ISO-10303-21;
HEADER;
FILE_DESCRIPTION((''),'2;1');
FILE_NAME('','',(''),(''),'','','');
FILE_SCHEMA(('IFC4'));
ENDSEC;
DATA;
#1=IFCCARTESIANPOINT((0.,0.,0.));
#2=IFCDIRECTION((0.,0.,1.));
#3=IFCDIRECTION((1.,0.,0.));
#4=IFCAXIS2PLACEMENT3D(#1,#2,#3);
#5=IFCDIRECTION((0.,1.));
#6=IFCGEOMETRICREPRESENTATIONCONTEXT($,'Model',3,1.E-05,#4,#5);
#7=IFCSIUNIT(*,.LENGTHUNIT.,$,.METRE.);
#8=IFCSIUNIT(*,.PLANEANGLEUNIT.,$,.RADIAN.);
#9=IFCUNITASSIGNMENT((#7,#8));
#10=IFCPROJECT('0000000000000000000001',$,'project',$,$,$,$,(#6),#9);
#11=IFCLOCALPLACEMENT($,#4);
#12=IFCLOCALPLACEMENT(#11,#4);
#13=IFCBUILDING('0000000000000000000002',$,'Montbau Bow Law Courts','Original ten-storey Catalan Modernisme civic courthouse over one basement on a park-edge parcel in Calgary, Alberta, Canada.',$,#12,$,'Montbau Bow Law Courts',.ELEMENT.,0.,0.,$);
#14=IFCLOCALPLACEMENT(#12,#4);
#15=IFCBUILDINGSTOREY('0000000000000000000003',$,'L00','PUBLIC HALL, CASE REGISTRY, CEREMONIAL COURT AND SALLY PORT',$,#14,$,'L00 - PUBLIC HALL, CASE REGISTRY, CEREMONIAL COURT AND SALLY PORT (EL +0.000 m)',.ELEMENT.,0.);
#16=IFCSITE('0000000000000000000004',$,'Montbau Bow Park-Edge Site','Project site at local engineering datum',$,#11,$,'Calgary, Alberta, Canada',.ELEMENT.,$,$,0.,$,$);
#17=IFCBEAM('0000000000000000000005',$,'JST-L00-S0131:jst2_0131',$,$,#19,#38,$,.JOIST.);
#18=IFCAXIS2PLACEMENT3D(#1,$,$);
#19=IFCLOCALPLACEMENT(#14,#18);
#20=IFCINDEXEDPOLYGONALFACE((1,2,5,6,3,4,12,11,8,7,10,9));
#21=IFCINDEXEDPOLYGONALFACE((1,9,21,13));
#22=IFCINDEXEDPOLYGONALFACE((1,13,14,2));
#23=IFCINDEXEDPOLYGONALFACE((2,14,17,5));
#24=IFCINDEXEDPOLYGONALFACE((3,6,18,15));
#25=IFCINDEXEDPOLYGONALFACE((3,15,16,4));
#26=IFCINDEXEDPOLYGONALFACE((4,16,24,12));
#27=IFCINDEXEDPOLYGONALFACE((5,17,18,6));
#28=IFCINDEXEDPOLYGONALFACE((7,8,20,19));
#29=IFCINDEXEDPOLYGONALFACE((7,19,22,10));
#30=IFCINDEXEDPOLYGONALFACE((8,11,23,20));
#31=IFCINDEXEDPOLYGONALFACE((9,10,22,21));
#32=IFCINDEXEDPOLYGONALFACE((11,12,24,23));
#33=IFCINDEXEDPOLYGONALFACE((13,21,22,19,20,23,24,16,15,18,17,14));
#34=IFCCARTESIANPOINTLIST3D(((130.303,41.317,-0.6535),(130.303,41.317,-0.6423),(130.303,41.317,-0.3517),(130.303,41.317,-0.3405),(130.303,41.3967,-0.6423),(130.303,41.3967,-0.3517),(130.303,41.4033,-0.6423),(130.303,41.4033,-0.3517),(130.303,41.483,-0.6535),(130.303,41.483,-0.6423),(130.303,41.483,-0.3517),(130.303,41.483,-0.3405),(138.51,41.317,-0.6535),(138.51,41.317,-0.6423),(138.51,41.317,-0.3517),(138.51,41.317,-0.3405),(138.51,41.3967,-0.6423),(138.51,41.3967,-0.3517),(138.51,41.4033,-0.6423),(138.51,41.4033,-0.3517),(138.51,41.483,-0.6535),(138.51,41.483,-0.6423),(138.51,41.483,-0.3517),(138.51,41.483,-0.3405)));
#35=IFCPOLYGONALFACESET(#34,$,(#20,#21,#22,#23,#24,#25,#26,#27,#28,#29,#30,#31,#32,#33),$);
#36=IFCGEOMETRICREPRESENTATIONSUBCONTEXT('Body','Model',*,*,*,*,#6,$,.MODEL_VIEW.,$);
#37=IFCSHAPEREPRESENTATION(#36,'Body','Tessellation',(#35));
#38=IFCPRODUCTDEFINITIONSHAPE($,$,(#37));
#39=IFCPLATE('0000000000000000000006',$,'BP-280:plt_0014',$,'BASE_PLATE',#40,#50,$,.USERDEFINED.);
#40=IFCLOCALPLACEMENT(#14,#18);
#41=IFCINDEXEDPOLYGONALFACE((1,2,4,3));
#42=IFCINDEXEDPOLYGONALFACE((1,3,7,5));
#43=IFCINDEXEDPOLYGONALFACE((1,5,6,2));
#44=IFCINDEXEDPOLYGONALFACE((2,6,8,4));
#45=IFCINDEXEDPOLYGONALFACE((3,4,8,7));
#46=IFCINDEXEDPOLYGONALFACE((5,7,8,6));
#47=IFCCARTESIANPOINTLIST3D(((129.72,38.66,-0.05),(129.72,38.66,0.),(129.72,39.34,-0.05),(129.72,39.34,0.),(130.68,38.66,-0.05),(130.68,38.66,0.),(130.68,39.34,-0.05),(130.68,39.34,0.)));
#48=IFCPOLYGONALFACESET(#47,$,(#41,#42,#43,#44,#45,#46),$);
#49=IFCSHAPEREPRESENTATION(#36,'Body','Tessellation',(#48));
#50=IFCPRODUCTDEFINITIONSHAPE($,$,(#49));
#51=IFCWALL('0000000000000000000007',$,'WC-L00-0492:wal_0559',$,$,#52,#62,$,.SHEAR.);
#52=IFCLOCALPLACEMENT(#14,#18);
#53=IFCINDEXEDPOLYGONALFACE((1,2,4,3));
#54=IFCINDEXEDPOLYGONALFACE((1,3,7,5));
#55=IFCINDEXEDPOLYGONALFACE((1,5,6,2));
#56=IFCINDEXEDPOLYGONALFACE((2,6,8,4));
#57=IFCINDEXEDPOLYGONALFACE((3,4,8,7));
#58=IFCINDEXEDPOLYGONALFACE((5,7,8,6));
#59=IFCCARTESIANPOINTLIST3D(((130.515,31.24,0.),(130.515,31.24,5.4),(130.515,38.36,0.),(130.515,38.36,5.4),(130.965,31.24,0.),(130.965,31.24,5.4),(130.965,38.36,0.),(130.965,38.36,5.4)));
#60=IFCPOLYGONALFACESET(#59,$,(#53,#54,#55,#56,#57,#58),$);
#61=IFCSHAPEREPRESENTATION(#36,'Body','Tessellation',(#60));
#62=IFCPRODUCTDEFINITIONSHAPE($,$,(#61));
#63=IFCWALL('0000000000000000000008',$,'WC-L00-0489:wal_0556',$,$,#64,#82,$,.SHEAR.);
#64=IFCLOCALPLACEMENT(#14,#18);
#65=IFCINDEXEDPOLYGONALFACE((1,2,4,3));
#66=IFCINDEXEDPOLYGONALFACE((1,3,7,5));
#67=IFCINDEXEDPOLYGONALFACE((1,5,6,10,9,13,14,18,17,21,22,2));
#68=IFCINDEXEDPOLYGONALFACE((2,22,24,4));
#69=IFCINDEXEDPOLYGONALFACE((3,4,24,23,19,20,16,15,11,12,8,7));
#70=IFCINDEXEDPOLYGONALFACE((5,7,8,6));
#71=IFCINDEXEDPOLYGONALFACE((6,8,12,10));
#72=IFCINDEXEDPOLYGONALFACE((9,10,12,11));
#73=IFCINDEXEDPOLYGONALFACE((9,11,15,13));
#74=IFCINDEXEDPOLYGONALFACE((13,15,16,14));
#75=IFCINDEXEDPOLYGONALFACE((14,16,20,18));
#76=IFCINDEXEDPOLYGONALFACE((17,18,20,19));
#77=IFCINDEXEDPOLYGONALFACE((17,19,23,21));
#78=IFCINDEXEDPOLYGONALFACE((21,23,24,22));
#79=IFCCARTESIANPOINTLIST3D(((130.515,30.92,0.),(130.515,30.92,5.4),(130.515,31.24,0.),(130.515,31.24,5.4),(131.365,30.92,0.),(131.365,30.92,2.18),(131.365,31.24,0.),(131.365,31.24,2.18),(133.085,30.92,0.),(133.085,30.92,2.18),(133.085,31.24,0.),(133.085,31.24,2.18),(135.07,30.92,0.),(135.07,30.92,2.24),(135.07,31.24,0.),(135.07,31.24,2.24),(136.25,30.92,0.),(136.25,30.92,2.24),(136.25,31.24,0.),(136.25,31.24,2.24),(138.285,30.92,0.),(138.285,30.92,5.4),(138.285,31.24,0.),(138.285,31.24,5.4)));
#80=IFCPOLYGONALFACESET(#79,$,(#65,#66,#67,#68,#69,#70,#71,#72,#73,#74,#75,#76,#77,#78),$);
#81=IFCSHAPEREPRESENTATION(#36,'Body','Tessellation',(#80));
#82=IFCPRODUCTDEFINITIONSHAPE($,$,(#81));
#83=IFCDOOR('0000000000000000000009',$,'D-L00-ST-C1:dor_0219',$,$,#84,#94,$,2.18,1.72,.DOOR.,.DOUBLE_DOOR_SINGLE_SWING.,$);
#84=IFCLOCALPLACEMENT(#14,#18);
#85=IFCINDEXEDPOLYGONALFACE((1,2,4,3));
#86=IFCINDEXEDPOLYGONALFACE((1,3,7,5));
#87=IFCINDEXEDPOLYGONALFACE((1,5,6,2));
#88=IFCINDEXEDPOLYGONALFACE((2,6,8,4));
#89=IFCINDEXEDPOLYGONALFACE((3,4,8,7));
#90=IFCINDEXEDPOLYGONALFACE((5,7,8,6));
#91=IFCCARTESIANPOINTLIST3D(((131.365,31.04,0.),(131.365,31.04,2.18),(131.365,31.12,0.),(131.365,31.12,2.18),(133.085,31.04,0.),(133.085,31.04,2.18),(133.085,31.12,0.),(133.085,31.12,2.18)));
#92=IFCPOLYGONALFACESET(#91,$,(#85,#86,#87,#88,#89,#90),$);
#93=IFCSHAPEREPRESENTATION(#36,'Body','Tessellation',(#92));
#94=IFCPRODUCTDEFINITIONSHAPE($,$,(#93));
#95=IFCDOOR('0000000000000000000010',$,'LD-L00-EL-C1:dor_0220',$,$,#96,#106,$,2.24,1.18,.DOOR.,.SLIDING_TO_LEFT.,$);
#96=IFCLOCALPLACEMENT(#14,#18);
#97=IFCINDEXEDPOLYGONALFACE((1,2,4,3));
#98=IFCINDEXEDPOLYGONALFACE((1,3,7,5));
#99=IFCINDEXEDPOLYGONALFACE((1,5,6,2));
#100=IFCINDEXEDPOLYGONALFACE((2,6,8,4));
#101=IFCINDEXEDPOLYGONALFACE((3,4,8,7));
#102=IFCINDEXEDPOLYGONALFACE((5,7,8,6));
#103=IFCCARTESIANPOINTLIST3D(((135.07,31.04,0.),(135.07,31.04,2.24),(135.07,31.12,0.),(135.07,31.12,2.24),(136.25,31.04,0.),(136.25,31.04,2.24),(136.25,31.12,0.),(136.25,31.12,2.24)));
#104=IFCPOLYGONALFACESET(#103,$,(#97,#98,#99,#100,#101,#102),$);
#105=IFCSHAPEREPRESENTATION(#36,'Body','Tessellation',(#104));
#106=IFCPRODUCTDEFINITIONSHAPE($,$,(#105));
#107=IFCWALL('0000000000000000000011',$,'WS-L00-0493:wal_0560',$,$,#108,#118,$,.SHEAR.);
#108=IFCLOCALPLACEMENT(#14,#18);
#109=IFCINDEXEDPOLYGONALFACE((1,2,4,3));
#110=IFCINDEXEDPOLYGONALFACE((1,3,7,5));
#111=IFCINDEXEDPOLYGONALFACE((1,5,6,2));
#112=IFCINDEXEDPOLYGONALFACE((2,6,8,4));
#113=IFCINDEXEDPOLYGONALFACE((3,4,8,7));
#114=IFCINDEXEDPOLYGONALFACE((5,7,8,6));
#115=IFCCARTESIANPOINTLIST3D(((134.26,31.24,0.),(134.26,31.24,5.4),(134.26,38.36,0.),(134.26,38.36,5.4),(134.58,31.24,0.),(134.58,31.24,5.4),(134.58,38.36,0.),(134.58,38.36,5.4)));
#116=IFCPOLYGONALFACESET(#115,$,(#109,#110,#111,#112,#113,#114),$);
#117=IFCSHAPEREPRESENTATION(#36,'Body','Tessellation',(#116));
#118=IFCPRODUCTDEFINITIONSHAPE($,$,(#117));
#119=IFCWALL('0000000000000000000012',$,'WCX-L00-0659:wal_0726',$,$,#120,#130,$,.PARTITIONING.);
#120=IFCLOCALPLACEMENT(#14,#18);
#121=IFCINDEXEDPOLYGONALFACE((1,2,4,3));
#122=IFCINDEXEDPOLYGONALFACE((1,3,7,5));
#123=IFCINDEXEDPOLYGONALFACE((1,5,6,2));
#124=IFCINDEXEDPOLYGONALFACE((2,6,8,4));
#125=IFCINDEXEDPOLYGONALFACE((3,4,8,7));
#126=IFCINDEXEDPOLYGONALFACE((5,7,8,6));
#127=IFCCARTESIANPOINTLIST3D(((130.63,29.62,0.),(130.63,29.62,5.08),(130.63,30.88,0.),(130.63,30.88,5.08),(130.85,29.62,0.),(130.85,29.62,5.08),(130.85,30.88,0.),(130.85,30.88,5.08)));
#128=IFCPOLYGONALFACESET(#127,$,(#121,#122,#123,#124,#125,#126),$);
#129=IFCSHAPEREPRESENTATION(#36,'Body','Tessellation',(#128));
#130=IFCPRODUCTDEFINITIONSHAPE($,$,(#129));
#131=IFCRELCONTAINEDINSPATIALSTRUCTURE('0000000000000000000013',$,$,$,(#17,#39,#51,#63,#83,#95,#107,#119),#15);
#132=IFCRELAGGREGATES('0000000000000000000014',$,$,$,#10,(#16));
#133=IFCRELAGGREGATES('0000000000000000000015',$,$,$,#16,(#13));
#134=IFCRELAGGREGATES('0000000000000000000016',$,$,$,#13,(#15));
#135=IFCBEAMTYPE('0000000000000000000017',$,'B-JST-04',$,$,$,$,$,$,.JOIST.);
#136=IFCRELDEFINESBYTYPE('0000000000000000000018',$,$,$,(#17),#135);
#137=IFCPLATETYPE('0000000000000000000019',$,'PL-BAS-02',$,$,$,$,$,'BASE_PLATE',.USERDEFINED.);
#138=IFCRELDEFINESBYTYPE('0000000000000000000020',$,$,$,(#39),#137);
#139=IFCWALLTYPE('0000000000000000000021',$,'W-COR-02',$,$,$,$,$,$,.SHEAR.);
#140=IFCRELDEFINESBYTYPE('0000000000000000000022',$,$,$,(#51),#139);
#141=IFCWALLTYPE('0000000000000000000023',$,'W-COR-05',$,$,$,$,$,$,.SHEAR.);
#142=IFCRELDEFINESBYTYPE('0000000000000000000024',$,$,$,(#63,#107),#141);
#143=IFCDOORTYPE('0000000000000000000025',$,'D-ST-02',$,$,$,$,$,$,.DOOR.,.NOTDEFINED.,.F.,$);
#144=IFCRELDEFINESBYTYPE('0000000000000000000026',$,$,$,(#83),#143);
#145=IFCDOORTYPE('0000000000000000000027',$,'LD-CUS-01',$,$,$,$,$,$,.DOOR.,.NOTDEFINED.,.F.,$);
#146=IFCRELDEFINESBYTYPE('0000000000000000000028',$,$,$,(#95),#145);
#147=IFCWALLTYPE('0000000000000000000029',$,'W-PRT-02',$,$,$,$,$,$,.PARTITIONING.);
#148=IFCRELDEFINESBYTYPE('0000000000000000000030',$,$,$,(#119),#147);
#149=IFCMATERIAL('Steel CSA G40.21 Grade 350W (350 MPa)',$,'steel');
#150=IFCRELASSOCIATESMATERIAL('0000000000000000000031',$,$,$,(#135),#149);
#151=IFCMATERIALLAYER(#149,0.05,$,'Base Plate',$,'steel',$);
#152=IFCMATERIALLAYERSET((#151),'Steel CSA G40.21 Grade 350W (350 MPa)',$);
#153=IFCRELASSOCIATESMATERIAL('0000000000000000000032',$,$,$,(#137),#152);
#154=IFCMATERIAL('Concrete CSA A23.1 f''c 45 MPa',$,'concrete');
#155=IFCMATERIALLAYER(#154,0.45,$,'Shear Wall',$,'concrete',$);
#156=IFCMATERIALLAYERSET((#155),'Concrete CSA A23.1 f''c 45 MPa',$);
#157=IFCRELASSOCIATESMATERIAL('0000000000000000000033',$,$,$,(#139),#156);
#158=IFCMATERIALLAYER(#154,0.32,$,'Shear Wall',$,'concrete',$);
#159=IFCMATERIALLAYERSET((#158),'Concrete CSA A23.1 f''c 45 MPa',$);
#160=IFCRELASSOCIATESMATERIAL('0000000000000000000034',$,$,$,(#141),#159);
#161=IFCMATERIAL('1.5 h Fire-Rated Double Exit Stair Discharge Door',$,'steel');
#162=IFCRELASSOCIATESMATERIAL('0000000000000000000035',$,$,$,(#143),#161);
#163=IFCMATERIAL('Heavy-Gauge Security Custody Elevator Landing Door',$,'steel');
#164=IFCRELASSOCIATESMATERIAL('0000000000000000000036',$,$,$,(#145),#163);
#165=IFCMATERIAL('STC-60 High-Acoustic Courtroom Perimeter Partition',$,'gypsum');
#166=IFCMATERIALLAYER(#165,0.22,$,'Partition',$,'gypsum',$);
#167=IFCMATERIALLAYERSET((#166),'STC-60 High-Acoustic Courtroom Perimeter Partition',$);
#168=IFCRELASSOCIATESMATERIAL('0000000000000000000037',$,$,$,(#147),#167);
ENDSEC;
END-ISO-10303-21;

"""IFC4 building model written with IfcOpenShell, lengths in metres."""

from ifc_helpers import new_model, si_unit, direction, frame, frame_2d, origin_with_axes, origin_2d_with_axis, place, context, subcontext, project, spatial, rectangle, i_section, extrude, material, layer, layer_set, material_profile, profile_set, type_object, element, fill, save


model = new_model("IFC4")

# Units and contexts
model_context = context("Model", 3, precision=1e-05, world=origin_with_axes(), true_north=direction((0.0, 1.0)))
body_context = subcontext(model_context, "Body", "Model", "MODEL_VIEW")
ifc_project = project(units=[si_unit("LENGTHUNIT", "METRE"), si_unit("PLANEANGLEUNIT", "RADIAN")], contexts=[model_context])

# Site, building, storey
site_placement = place(None, origin_with_axes())
site = spatial("IfcSite", under=ifc_project, at=site_placement, Name="Montbau Bow Park-Edge Site", Description="Project site at local engineering datum", LongName="Calgary, Alberta, Canada", CompositionType="ELEMENT", RefElevation=0.0)
building_placement = place(site_placement, origin_with_axes())
building = spatial("IfcBuilding", under=site, at=building_placement, Name="Montbau Bow Law Courts", Description="Original ten-storey Catalan Modernisme civic courthouse over one basement on a park-edge parcel in Calgary, Alberta, Canada.", LongName="Montbau Bow Law Courts", CompositionType="ELEMENT", ElevationOfRefHeight=0.0, ElevationOfTerrain=0.0)
storey_placement = place(building_placement, origin_with_axes())
storey = spatial("IfcBuildingStorey", under=building, at=storey_placement, Name="L00", Description="PUBLIC HALL, CASE REGISTRY, CEREMONIAL COURT AND SALLY PORT", LongName="L00 - PUBLIC HALL, CASE REGISTRY, CEREMONIAL COURT AND SALLY PORT (EL +0.000 m)", CompositionType="ELEMENT", Elevation=0.0)

# Shared definitions
ifc_material_1 = material(Name="Steel CSA G40.21 Grade 350W (350 MPa)", Category="steel")

# Beam
ifc_material_profile_1 = material_profile(ifc_material_1, i_section(OverallWidth=0.166, OverallDepth=0.313, WebThickness=0.0066, FlangeThickness=0.0112, at=origin_2d_with_axis()), Name="W310X45", Category="Main", Priority=0)
ifc_profile_set_1 = profile_set([ifc_material_profile_1], Name="Steel CSA G40.21 Grade 350W (350 MPa)")
beam_type_1 = type_object("IfcBeamType", Name="B-JST-04", PredefinedType="JOIST", material=ifc_profile_set_1)
beam_1_placement = place(None, frame((130.303, 41.4, -0.497), z_axis=(1.0, 0.0, 0.0), x_axis=(0.0, 1.0, 0.0)))
element("IfcBeam", 1, at=beam_1_placement, inside=storey, type_object=beam_type_1, Name="JST-L00-S0131:jst2_0131", PredefinedType="JOIST", context=body_context, shape_type="SweptSolid", body=[
    extrude(i_section(OverallWidth=0.166, OverallDepth=0.313, WebThickness=0.0066, FlangeThickness=0.0112, at=origin_2d_with_axis()), origin_with_axes(), (0.0, 0.0, 1.0), 8.207),
])

# Plate
ifc_layer_1 = layer(ifc_material_1, 0.05, Name="Base Plate", Category="steel")
ifc_layer_set_1 = layer_set([ifc_layer_1], Name="Steel CSA G40.21 Grade 350W (350 MPa)")
plate_type = type_object("IfcPlateType", Name="PL-BAS-02", ElementType="BASE_PLATE", PredefinedType="USERDEFINED", material=ifc_layer_set_1)
plate_placement = place(None, frame((130.2, 39.0, -0.05), z_axis=(0.0, 0.0, 1.0), x_axis=(1.0, 0.0, 0.0)))
element("IfcPlate", 2, at=plate_placement, inside=storey, type_object=plate_type, Name="BP-280:plt_0014", ObjectType="BASE_PLATE", PredefinedType="USERDEFINED", context=body_context, shape_type="SweptSolid", body=[
    extrude(rectangle(XDim=0.96, YDim=0.68, at=origin_2d_with_axis()), origin_with_axes(), (0.0, 0.0, 1.0), 0.05),
])

# Wall
ifc_material_2 = material(Name="Concrete CSA A23.1 f'c 45 MPa", Category="concrete")
ifc_layer_2 = layer(ifc_material_2, 0.45, Name="Shear Wall", Category="concrete")
ifc_layer_set_2 = layer_set([ifc_layer_2], Name="Concrete CSA A23.1 f'c 45 MPa")
wall_type_1 = type_object("IfcWallType", Name="W-COR-02", PredefinedType="SHEAR", material=ifc_layer_set_2)
wall_1_placement = place(None, frame((130.74, 38.36, 0.0), z_axis=(0.0, 0.0, 1.0), x_axis=(0.0, -1.0, 0.0)))
element("IfcWall", 3, at=wall_1_placement, inside=storey, type_object=wall_type_1, Name="WC-L00-0492:wal_0559", PredefinedType="SHEAR", context=body_context, shape_type="SweptSolid", body=[
    extrude(rectangle(XDim=7.12, YDim=0.45, at=frame_2d((3.56, 0.0), x_axis=(1.0, 0.0))), origin_with_axes(), (0.0, 0.0, 1.0), 5.4),
])

# Wall, openings, doors
ifc_layer_3 = layer(ifc_material_2, 0.32, Name="Shear Wall", Category="concrete")
ifc_layer_set_3 = layer_set([ifc_layer_3], Name="Concrete CSA A23.1 f'c 45 MPa")
wall_type_2 = type_object("IfcWallType", Name="W-COR-05", PredefinedType="SHEAR", material=ifc_layer_set_3)
wall_2_placement = place(None, frame((130.515, 31.08, 0.0), z_axis=(0.0, 0.0, 1.0), x_axis=(1.0, 0.0, 0.0)))
wall_2 = element("IfcWall", 4, at=wall_2_placement, inside=storey, type_object=wall_type_2, Name="WC-L00-0489:wal_0556", PredefinedType="SHEAR", context=body_context, shape_type="SweptSolid", body=[
    extrude(rectangle(XDim=7.77, YDim=0.32, at=frame_2d((3.885, 0.0), x_axis=(1.0, 0.0))), origin_with_axes(), (0.0, 0.0, 1.0), 5.4),
])
opening_1_placement = place(None, frame((132.225, 31.08, 0.0), z_axis=(0.0, 0.0, 1.0), x_axis=(1.0, 0.0, 0.0)))
opening_1 = element("IfcOpeningElement", 5, at=opening_1_placement, cuts=wall_2, PredefinedType="OPENING", context=body_context, shape_type="SweptSolid", body=[
    extrude(rectangle(XDim=1.72, YDim=2.18, at=frame_2d((0.0, 1.09), x_axis=(1.0, 0.0))), frame((0.0, 0.17, 0.0), z_axis=(0.0, -1.0, 0.0), x_axis=(1.0, 0.0, 0.0)), (0.0, 0.0, 1.0), 0.34),
])
opening_2_placement = place(None, frame((135.66, 31.08, 0.0), z_axis=(0.0, 0.0, 1.0), x_axis=(1.0, 0.0, 0.0)))
opening_2 = element("IfcOpeningElement", 6, at=opening_2_placement, cuts=wall_2, PredefinedType="OPENING", context=body_context, shape_type="SweptSolid", body=[
    extrude(rectangle(XDim=1.18, YDim=2.24, at=frame_2d((0.0, 1.12), x_axis=(1.0, 0.0))), frame((0.0, 0.17, 0.0), z_axis=(0.0, -1.0, 0.0), x_axis=(1.0, 0.0, 0.0)), (0.0, 0.0, 1.0), 0.34),
])
ifc_material_3 = material(Name="1.5 h Fire-Rated Double Exit Stair Discharge Door", Category="steel")
door_type_1 = type_object("IfcDoorType", Name="D-ST-02", OperationType="NOTDEFINED", ParameterTakesPrecedence=False, PredefinedType="DOOR", material=ifc_material_3)
door_1_placement = place(None, frame((132.225, 31.08, 0.0), z_axis=(0.0, 0.0, 1.0), x_axis=(-1.0, 0.0, 0.0)))
door_1 = element("IfcDoor", 7, at=door_1_placement, inside=storey, type_object=door_type_1, Name="D-L00-ST-C1:dor_0219", OperationType="DOUBLE_DOOR_SINGLE_SWING", OverallHeight=2.18, OverallWidth=1.72, PredefinedType="DOOR", context=body_context, shape_type="SweptSolid", body=[
    extrude(rectangle(XDim=1.72, YDim=2.18, at=frame_2d((0.0, 1.09), x_axis=(1.0, 0.0))), frame((0.0, 0.04, 0.0), z_axis=(0.0, -1.0, 0.0), x_axis=(1.0, 0.0, 0.0)), (0.0, 0.0, 1.0), 0.08),
])
fill(opening_1, door_1)
ifc_material_4 = material(Name="Heavy-Gauge Security Custody Elevator Landing Door", Category="steel")
door_type_2 = type_object("IfcDoorType", Name="LD-CUS-01", OperationType="NOTDEFINED", ParameterTakesPrecedence=False, PredefinedType="DOOR", material=ifc_material_4)
door_2_placement = place(None, frame((135.66, 31.08, 0.0), z_axis=(0.0, 0.0, 1.0), x_axis=(-1.0, 0.0, 0.0)))
door_2 = element("IfcDoor", 8, at=door_2_placement, inside=storey, type_object=door_type_2, Name="LD-L00-EL-C1:dor_0220", OperationType="SLIDING_TO_LEFT", OverallHeight=2.24, OverallWidth=1.18, PredefinedType="DOOR", context=body_context, shape_type="SweptSolid", body=[
    extrude(rectangle(XDim=1.18, YDim=2.24, at=frame_2d((0.0, 1.12), x_axis=(1.0, 0.0))), frame((0.0, 0.04, 0.0), z_axis=(0.0, -1.0, 0.0), x_axis=(1.0, 0.0, 0.0)), (0.0, 0.0, 1.0), 0.08),
])
fill(opening_2, door_2)

# Walls
wall_3_placement = place(None, frame((134.42, 31.24, 0.0), z_axis=(0.0, 0.0, 1.0), x_axis=(0.0, 1.0, 0.0)))
element("IfcWall", 9, at=wall_3_placement, inside=storey, type_object=wall_type_2, Name="WS-L00-0493:wal_0560", PredefinedType="SHEAR", context=body_context, shape_type="SweptSolid", body=[
    extrude(rectangle(XDim=7.12, YDim=0.32, at=frame_2d((3.56, 0.0), x_axis=(1.0, 0.0))), origin_with_axes(), (0.0, 0.0, 1.0), 5.4),
])
ifc_material_5 = material(Name="STC-60 High-Acoustic Courtroom Perimeter Partition", Category="gypsum")
ifc_layer_4 = layer(ifc_material_5, 0.22, Name="Partition", Category="gypsum")
ifc_layer_set_4 = layer_set([ifc_layer_4], Name="STC-60 High-Acoustic Courtroom Perimeter Partition")
wall_type_3 = type_object("IfcWallType", Name="W-PRT-02", PredefinedType="PARTITIONING", material=ifc_layer_set_4)
wall_4_placement = place(None, frame((130.74, 29.62, 0.0), z_axis=(0.0, 0.0, 1.0), x_axis=(0.0, 1.0, 0.0)))
element("IfcWall", 10, at=wall_4_placement, inside=storey, type_object=wall_type_3, Name="WCX-L00-0659:wal_0726", PredefinedType="PARTITIONING", context=body_context, shape_type="SweptSolid", body=[
    extrude(rectangle(XDim=1.26, YDim=0.22, at=frame_2d((0.63, 0.0), x_axis=(1.0, 0.0))), origin_with_axes(), (0.0, 0.0, 1.0), 5.08),
])

save(model, "model.ifc")
